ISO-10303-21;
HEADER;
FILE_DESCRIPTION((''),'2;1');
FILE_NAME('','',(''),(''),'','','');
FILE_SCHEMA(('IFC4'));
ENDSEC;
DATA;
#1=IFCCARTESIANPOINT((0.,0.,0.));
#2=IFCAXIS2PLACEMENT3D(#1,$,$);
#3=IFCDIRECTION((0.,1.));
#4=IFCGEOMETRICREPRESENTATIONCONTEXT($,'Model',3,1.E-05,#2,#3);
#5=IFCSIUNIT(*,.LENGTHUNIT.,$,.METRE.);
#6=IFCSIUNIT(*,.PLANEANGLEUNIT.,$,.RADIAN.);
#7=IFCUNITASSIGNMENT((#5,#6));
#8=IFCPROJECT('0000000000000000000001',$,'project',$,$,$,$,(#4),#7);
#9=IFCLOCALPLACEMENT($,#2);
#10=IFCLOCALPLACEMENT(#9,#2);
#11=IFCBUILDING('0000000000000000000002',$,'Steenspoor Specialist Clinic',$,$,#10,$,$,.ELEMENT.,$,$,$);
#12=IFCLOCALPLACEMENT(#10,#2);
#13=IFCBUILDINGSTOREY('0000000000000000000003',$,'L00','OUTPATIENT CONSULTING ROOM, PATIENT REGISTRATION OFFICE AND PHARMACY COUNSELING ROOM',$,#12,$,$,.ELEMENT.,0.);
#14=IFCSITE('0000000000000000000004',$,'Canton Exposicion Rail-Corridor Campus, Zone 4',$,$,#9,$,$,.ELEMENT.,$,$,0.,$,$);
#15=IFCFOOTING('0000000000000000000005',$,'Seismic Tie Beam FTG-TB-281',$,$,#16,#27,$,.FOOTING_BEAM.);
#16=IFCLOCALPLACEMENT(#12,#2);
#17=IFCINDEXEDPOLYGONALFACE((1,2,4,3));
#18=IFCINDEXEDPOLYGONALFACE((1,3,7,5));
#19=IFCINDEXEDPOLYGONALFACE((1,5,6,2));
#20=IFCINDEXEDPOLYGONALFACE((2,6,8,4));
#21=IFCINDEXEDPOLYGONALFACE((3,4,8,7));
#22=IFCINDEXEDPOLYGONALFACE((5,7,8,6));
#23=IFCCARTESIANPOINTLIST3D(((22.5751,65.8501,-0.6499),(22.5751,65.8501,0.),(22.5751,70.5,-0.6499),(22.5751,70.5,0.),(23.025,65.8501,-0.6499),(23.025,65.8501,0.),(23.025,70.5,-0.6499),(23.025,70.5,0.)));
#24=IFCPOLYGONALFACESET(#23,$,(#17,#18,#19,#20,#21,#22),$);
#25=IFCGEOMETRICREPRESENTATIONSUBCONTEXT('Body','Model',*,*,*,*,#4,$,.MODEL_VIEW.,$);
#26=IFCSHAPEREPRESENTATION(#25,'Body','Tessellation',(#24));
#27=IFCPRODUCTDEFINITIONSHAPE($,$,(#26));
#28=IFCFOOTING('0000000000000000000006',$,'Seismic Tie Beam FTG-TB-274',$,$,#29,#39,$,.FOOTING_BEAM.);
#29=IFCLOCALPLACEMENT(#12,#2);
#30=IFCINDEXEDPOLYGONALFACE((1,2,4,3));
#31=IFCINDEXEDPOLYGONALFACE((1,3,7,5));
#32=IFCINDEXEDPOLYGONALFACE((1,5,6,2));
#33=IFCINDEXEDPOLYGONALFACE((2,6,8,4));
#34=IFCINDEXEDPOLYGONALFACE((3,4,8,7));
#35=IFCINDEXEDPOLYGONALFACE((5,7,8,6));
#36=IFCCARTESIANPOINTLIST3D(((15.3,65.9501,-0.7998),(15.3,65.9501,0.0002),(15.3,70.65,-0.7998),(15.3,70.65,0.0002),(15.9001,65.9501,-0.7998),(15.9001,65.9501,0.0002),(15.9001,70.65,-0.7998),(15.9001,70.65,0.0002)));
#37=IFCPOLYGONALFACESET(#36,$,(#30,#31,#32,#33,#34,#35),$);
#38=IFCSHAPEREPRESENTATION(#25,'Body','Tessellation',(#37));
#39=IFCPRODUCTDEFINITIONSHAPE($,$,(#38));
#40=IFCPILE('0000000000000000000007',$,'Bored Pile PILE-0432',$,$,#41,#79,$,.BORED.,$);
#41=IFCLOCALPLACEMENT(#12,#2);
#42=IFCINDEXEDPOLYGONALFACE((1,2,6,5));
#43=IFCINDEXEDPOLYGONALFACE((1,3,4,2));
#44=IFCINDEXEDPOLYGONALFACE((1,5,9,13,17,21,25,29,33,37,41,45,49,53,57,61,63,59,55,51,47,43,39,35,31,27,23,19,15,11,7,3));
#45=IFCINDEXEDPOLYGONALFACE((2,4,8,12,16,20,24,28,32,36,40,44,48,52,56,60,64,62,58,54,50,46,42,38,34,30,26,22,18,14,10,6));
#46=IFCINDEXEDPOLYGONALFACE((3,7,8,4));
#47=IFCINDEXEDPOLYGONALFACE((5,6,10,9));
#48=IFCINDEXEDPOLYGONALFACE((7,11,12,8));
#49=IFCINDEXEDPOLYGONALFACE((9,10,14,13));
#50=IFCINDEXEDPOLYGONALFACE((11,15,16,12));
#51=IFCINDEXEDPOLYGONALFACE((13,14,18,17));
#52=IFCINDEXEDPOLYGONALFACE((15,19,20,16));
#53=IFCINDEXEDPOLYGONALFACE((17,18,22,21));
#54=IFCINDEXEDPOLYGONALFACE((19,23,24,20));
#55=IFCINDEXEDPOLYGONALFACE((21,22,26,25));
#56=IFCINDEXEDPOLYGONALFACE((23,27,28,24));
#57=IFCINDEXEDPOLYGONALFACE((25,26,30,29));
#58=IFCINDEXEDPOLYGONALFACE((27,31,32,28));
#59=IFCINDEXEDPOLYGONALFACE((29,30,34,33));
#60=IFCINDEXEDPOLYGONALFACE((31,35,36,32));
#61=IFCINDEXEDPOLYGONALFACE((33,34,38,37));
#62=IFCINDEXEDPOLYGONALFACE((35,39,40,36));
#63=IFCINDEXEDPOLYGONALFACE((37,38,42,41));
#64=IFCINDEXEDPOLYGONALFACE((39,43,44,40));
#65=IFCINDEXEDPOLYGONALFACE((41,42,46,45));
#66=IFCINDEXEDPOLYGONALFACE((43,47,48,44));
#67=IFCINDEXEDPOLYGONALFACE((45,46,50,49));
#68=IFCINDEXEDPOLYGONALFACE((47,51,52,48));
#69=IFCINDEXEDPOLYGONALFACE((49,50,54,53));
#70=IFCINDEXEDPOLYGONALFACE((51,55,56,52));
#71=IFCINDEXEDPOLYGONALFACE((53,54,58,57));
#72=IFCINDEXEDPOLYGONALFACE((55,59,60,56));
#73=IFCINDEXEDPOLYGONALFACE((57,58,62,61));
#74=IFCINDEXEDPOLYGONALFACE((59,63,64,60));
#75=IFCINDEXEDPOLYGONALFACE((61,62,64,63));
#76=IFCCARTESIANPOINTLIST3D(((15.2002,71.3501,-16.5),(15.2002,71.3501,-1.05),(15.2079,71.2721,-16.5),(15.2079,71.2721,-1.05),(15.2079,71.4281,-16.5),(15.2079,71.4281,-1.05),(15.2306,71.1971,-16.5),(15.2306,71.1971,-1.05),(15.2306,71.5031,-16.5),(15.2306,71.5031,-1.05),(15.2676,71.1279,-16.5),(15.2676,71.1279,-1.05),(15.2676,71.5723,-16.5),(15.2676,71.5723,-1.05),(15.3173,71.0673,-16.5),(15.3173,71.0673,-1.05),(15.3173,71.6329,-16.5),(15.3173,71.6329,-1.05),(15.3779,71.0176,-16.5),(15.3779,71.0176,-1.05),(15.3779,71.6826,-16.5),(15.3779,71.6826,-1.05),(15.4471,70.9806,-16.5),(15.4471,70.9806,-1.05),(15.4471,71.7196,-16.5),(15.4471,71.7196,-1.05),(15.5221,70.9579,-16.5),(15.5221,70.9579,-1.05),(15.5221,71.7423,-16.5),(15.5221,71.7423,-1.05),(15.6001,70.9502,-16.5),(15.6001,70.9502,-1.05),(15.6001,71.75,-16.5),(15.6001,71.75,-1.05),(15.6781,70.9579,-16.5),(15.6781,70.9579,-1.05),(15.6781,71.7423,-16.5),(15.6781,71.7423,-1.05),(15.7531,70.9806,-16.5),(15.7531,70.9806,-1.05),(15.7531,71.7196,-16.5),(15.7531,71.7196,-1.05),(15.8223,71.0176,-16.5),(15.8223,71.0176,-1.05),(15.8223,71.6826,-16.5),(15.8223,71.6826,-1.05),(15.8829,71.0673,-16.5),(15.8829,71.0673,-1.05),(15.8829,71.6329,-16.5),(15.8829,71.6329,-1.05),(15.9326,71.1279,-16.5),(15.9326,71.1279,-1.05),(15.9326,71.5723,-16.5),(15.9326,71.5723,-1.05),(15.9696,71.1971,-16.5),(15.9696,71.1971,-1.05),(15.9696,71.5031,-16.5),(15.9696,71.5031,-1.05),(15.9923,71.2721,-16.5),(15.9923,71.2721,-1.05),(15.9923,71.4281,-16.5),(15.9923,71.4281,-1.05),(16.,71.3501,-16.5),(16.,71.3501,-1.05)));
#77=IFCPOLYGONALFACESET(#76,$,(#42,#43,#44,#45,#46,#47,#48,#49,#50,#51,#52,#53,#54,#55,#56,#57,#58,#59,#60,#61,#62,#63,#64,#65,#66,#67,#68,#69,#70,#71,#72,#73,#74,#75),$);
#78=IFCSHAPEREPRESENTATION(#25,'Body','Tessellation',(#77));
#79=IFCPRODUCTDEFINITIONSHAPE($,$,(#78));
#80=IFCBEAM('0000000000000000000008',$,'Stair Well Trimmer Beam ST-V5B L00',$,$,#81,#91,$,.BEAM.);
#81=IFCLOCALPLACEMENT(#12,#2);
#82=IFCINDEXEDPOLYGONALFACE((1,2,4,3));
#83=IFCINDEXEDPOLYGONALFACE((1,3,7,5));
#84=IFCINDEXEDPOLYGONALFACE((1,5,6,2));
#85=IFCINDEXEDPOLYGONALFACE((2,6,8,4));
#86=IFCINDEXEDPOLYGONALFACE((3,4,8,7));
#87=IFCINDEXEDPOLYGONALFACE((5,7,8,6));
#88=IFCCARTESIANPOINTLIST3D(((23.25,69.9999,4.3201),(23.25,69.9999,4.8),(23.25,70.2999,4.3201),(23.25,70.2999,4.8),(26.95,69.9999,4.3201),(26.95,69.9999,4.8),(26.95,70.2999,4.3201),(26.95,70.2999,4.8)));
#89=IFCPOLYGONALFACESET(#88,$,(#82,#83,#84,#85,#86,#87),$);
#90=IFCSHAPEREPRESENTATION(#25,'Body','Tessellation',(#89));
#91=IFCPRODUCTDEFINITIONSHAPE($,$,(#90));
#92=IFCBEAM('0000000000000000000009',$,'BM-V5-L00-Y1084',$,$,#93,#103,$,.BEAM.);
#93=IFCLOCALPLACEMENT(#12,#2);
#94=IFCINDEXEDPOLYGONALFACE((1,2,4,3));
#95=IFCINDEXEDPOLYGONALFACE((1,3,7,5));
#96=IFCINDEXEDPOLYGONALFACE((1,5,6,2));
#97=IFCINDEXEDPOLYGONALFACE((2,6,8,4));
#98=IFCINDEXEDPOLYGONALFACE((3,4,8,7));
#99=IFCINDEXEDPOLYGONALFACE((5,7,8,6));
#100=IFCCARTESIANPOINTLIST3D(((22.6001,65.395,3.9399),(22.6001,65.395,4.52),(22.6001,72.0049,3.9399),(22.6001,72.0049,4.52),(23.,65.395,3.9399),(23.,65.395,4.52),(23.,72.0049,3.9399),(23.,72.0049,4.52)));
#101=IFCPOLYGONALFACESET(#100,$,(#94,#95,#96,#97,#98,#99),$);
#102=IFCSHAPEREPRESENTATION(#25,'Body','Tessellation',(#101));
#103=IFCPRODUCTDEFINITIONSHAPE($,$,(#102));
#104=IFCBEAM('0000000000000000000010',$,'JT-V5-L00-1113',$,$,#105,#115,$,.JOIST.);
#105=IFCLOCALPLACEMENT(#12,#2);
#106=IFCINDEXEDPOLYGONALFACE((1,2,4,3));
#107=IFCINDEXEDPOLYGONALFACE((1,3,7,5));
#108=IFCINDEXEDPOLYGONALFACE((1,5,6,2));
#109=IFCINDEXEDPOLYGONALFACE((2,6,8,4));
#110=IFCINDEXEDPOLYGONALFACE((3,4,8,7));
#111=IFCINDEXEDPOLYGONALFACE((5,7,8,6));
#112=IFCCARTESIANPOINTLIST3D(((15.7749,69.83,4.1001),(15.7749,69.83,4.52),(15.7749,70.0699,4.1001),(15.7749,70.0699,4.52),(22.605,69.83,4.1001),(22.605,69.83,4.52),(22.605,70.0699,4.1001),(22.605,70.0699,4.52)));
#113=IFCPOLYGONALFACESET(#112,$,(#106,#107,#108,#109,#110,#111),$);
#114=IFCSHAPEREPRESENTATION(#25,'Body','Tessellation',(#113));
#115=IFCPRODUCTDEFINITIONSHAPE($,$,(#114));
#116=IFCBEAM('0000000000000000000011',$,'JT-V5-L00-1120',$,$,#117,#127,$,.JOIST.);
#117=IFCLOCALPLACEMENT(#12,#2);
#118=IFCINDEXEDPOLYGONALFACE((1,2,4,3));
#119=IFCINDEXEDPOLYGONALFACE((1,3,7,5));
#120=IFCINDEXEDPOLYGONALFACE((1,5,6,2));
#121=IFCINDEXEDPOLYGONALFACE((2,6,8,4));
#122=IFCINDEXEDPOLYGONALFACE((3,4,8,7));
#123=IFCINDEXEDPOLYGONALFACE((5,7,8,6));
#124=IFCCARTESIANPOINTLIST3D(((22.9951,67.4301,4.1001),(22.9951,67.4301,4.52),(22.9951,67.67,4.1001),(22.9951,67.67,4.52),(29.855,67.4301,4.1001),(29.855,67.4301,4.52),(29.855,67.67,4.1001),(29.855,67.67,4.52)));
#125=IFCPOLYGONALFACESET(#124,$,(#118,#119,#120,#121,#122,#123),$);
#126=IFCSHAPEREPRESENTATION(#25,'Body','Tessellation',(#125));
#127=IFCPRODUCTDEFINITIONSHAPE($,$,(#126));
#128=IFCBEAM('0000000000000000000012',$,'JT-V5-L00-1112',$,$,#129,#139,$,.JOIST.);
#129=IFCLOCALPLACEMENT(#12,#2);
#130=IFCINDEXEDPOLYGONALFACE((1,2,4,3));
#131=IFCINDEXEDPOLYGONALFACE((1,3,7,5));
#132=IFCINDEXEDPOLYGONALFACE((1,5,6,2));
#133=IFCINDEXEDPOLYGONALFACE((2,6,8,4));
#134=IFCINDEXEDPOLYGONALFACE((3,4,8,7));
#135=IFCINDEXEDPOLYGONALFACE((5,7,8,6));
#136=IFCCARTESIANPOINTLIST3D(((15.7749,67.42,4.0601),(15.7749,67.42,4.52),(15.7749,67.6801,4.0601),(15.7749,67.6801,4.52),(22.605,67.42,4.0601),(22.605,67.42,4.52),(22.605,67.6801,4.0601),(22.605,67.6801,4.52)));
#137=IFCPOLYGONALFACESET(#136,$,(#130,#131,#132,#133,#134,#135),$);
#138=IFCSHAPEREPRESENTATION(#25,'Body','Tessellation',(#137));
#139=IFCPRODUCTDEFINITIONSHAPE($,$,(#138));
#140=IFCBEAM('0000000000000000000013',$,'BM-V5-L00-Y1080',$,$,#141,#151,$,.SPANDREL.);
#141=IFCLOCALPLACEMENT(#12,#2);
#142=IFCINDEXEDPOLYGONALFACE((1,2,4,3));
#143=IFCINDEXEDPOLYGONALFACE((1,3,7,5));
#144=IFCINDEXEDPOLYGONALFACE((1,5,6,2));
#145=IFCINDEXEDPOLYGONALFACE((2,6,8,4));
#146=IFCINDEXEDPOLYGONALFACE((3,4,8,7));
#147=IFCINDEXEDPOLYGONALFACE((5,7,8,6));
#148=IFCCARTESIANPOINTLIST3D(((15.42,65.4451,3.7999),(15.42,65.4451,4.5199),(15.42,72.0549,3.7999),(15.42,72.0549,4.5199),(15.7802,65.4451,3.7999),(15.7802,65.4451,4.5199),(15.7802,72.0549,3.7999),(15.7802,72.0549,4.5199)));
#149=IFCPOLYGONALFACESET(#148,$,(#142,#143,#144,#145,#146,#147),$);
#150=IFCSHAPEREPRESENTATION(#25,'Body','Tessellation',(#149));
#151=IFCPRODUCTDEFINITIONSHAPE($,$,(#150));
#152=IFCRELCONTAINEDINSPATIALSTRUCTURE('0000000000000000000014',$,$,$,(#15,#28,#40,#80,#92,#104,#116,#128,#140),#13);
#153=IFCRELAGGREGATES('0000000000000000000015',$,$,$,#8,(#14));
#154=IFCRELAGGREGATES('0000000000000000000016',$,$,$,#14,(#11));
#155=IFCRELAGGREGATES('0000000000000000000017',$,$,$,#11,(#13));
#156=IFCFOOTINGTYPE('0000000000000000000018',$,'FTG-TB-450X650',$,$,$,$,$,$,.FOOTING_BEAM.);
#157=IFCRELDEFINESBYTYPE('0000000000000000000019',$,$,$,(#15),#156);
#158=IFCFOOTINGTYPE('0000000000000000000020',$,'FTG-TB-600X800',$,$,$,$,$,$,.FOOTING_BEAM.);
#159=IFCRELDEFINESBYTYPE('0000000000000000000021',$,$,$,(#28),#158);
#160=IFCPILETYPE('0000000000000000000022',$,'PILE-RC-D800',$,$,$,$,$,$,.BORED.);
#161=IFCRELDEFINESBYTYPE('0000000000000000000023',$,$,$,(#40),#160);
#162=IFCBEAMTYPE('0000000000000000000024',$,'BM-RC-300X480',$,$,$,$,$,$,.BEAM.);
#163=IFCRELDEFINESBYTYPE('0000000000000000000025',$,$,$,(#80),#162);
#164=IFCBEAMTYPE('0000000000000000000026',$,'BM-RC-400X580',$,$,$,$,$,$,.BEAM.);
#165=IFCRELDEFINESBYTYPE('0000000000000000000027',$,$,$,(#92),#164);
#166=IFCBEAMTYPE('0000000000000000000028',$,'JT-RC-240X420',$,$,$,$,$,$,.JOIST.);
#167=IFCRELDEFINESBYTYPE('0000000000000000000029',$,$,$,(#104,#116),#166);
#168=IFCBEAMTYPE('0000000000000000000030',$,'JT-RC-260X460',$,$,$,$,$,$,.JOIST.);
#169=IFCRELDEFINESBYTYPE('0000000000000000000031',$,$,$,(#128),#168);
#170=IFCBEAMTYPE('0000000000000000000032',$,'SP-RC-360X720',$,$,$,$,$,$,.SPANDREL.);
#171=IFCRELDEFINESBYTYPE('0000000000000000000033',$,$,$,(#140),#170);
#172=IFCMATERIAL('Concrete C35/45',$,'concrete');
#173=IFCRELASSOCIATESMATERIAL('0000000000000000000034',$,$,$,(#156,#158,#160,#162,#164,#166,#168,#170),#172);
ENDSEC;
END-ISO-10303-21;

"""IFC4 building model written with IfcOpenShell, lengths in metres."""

from ifc_helpers import new_model, si_unit, direction, frame, origin, origin_2d, place, context, subcontext, project, spatial, rectangle, circle, extrude, material, material_profile, profile_set, type_object, element, save


model = new_model("IFC4")

# Units and contexts
model_context = context("Model", 3, precision=1e-05, world=origin(), true_north=direction((0.0, 1.0)))
body_context = subcontext(model_context, "Body", "Model", "MODEL_VIEW")
ifc_project = project(units=[si_unit("LENGTHUNIT", "METRE"), si_unit("PLANEANGLEUNIT", "RADIAN")], contexts=[model_context])

# Site, building, storey
site_placement = place(None, origin())
site = spatial("IfcSite", under=ifc_project, at=site_placement, Name="Canton Exposicion Rail-Corridor Campus, Zone 4", CompositionType="ELEMENT", RefElevation=0.0)
building_placement = place(site_placement, origin())
building = spatial("IfcBuilding", under=site, at=building_placement, Name="Steenspoor Specialist Clinic", CompositionType="ELEMENT")
storey_placement = place(building_placement, origin())
storey = spatial("IfcBuildingStorey", under=building, at=storey_placement, Name="L00", Description="OUTPATIENT CONSULTING ROOM, PATIENT REGISTRATION OFFICE AND PHARMACY COUNSELING ROOM", CompositionType="ELEMENT", Elevation=0.0)

# Footings
ifc_material_1 = material(Name="Concrete C35/45", Category="concrete")
footing_type_1 = type_object("IfcFootingType", Name="FTG-TB-450X650", PredefinedType="FOOTING_BEAM", material=ifc_material_1)
footing_1_placement = place(storey_placement, frame((22.8, 68.175, -0.6499), z_axis=(0.0, 0.0, 1.0), x_axis=(1.0, 0.0, 0.0)))
element("IfcFooting", 1, at=footing_1_placement, inside=storey, type_object=footing_type_1, Name="Seismic Tie Beam FTG-TB-281", PredefinedType="FOOTING_BEAM", context=body_context, shape_type="SweptSolid", body=[
    extrude(rectangle(XDim=0.45, YDim=4.6499, at=origin_2d()), origin(), (0.0, 0.0, 1.0), 0.6499),
])
footing_type_2 = type_object("IfcFootingType", Name="FTG-TB-600X800", PredefinedType="FOOTING_BEAM", material=ifc_material_1)
footing_2_placement = place(storey_placement, frame((15.6001, 68.3, -0.7998), z_axis=(0.0, 0.0, 1.0), x_axis=(1.0, 0.0, 0.0)))
element("IfcFooting", 2, at=footing_2_placement, inside=storey, type_object=footing_type_2, Name="Seismic Tie Beam FTG-TB-274", PredefinedType="FOOTING_BEAM", context=body_context, shape_type="SweptSolid", body=[
    extrude(rectangle(XDim=0.6001, YDim=4.7, at=origin_2d()), origin(), (0.0, 0.0, 1.0), 0.8),
])

# Pile
ifc_material_profile_1 = material_profile(ifc_material_1, circle(Radius=0.3999, at=origin_2d()), Name="PILE-D800")
ifc_profile_set_1 = profile_set([ifc_material_profile_1], Name="Concrete C35/45")
pile_type = type_object("IfcPileType", Name="PILE-RC-D800", PredefinedType="BORED", material=ifc_profile_set_1)
pile_placement = place(storey_placement, frame((15.6001, 71.3501, -1.05), z_axis=(0.0, 0.0, -1.0), x_axis=(1.0, 0.0, 0.0)))
element("IfcPile", 3, at=pile_placement, inside=storey, type_object=pile_type, Name="Bored Pile PILE-0432", PredefinedType="BORED", context=body_context, shape_type="SweptSolid", body=[
    extrude(circle(Radius=0.3999, at=origin_2d()), origin(), (0.0, 0.0, 1.0), 15.45),
])

# Beams
ifc_material_profile_2 = material_profile(ifc_material_1, rectangle(XDim=0.3, YDim=0.48, at=origin_2d()), Name="RC-BM-300X480")
ifc_profile_set_2 = profile_set([ifc_material_profile_2], Name="Concrete C35/45")
beam_type_1 = type_object("IfcBeamType", Name="BM-RC-300X480", PredefinedType="BEAM", material=ifc_profile_set_2)
beam_1_placement = place(storey_placement, frame((23.25, 70.1499, 4.5601), z_axis=(1.0, 0.0, 0.0), x_axis=(0.0, 1.0, 0.0)))
element("IfcBeam", 4, at=beam_1_placement, inside=storey, type_object=beam_type_1, Name="Stair Well Trimmer Beam ST-V5B L00", PredefinedType="BEAM", context=body_context, shape_type="SweptSolid", body=[
    extrude(rectangle(XDim=0.3, YDim=0.48, at=origin_2d()), origin(), (0.0, 0.0, 1.0), 3.7),
])
ifc_material_profile_3 = material_profile(ifc_material_1, rectangle(XDim=0.3999, YDim=0.5801, at=origin_2d()), Name="RC-BM-400X580")
ifc_profile_set_3 = profile_set([ifc_material_profile_3], Name="Concrete C35/45")
beam_type_2 = type_object("IfcBeamType", Name="BM-RC-400X580", PredefinedType="BEAM", material=ifc_profile_set_3)
beam_2_placement = place(storey_placement, frame((22.8, 65.395, 4.23), z_axis=(0.0, 1.0, 0.0), x_axis=(-1.0, 0.0, 0.0)))
element("IfcBeam", 5, at=beam_2_placement, inside=storey, type_object=beam_type_2, Name="BM-V5-L00-Y1084", PredefinedType="BEAM", context=body_context, shape_type="SweptSolid", body=[
    extrude(rectangle(XDim=0.3999, YDim=0.5801, at=origin_2d()), origin(), (0.0, 0.0, 1.0), 6.6099),
])
ifc_material_profile_4 = material_profile(ifc_material_1, rectangle(XDim=0.24, YDim=0.4199, at=origin_2d()), Name="RC-JT-240X420")
ifc_profile_set_4 = profile_set([ifc_material_profile_4], Name="Concrete C35/45")
beam_type_3 = type_object("IfcBeamType", Name="JT-RC-240X420", PredefinedType="JOIST", material=ifc_profile_set_4)
beam_3_placement = place(storey_placement, frame((15.7749, 69.95, 4.3101), z_axis=(1.0, 0.0, 0.0), x_axis=(0.0, 1.0, 0.0)))
element("IfcBeam", 6, at=beam_3_placement, inside=storey, type_object=beam_type_3, Name="JT-V5-L00-1113", PredefinedType="JOIST", context=body_context, shape_type="SweptSolid", body=[
    extrude(rectangle(XDim=0.24, YDim=0.4199, at=origin_2d()), origin(), (0.0, 0.0, 1.0), 6.8301),
])
beam_4_placement = place(storey_placement, frame((22.9951, 67.55, 4.3101), z_axis=(1.0, 0.0, 0.0), x_axis=(0.0, 1.0, 0.0)))
element("IfcBeam", 7, at=beam_4_placement, inside=storey, type_object=beam_type_3, Name="JT-V5-L00-1120", PredefinedType="JOIST", context=body_context, shape_type="SweptSolid", body=[
    extrude(rectangle(XDim=0.24, YDim=0.4199, at=origin_2d()), origin(), (0.0, 0.0, 1.0), 6.8599),
])
ifc_material_profile_5 = material_profile(ifc_material_1, rectangle(XDim=0.26, YDim=0.46, at=origin_2d()), Name="RC-JT-260X460")
ifc_profile_set_5 = profile_set([ifc_material_profile_5], Name="Concrete C35/45")
beam_type_4 = type_object("IfcBeamType", Name="JT-RC-260X460", PredefinedType="JOIST", material=ifc_profile_set_5)
beam_5_placement = place(storey_placement, frame((15.7749, 67.55, 4.29), z_axis=(1.0, 0.0, 0.0), x_axis=(0.0, 1.0, 0.0)))
element("IfcBeam", 8, at=beam_5_placement, inside=storey, type_object=beam_type_4, Name="JT-V5-L00-1112", PredefinedType="JOIST", context=body_context, shape_type="SweptSolid", body=[
    extrude(rectangle(XDim=0.26, YDim=0.46, at=origin_2d()), origin(), (0.0, 0.0, 1.0), 6.8301),
])
ifc_material_profile_6 = material_profile(ifc_material_1, rectangle(XDim=0.3601, YDim=0.72, at=origin_2d()), Name="RC-SP-360X720")
ifc_profile_set_6 = profile_set([ifc_material_profile_6], Name="Concrete C35/45")
beam_type_5 = type_object("IfcBeamType", Name="SP-RC-360X720", PredefinedType="SPANDREL", material=ifc_profile_set_6)
beam_6_placement = place(storey_placement, frame((15.6001, 65.4451, 4.1599), z_axis=(0.0, 1.0, 0.0), x_axis=(-1.0, 0.0, 0.0)))
element("IfcBeam", 9, at=beam_6_placement, inside=storey, type_object=beam_type_5, Name="BM-V5-L00-Y1080", PredefinedType="SPANDREL", context=body_context, shape_type="SweptSolid", body=[
    extrude(rectangle(XDim=0.3601, YDim=0.72, at=origin_2d()), origin(), (0.0, 0.0, 1.0), 6.6099),
])

save(model, "model.ifc")
